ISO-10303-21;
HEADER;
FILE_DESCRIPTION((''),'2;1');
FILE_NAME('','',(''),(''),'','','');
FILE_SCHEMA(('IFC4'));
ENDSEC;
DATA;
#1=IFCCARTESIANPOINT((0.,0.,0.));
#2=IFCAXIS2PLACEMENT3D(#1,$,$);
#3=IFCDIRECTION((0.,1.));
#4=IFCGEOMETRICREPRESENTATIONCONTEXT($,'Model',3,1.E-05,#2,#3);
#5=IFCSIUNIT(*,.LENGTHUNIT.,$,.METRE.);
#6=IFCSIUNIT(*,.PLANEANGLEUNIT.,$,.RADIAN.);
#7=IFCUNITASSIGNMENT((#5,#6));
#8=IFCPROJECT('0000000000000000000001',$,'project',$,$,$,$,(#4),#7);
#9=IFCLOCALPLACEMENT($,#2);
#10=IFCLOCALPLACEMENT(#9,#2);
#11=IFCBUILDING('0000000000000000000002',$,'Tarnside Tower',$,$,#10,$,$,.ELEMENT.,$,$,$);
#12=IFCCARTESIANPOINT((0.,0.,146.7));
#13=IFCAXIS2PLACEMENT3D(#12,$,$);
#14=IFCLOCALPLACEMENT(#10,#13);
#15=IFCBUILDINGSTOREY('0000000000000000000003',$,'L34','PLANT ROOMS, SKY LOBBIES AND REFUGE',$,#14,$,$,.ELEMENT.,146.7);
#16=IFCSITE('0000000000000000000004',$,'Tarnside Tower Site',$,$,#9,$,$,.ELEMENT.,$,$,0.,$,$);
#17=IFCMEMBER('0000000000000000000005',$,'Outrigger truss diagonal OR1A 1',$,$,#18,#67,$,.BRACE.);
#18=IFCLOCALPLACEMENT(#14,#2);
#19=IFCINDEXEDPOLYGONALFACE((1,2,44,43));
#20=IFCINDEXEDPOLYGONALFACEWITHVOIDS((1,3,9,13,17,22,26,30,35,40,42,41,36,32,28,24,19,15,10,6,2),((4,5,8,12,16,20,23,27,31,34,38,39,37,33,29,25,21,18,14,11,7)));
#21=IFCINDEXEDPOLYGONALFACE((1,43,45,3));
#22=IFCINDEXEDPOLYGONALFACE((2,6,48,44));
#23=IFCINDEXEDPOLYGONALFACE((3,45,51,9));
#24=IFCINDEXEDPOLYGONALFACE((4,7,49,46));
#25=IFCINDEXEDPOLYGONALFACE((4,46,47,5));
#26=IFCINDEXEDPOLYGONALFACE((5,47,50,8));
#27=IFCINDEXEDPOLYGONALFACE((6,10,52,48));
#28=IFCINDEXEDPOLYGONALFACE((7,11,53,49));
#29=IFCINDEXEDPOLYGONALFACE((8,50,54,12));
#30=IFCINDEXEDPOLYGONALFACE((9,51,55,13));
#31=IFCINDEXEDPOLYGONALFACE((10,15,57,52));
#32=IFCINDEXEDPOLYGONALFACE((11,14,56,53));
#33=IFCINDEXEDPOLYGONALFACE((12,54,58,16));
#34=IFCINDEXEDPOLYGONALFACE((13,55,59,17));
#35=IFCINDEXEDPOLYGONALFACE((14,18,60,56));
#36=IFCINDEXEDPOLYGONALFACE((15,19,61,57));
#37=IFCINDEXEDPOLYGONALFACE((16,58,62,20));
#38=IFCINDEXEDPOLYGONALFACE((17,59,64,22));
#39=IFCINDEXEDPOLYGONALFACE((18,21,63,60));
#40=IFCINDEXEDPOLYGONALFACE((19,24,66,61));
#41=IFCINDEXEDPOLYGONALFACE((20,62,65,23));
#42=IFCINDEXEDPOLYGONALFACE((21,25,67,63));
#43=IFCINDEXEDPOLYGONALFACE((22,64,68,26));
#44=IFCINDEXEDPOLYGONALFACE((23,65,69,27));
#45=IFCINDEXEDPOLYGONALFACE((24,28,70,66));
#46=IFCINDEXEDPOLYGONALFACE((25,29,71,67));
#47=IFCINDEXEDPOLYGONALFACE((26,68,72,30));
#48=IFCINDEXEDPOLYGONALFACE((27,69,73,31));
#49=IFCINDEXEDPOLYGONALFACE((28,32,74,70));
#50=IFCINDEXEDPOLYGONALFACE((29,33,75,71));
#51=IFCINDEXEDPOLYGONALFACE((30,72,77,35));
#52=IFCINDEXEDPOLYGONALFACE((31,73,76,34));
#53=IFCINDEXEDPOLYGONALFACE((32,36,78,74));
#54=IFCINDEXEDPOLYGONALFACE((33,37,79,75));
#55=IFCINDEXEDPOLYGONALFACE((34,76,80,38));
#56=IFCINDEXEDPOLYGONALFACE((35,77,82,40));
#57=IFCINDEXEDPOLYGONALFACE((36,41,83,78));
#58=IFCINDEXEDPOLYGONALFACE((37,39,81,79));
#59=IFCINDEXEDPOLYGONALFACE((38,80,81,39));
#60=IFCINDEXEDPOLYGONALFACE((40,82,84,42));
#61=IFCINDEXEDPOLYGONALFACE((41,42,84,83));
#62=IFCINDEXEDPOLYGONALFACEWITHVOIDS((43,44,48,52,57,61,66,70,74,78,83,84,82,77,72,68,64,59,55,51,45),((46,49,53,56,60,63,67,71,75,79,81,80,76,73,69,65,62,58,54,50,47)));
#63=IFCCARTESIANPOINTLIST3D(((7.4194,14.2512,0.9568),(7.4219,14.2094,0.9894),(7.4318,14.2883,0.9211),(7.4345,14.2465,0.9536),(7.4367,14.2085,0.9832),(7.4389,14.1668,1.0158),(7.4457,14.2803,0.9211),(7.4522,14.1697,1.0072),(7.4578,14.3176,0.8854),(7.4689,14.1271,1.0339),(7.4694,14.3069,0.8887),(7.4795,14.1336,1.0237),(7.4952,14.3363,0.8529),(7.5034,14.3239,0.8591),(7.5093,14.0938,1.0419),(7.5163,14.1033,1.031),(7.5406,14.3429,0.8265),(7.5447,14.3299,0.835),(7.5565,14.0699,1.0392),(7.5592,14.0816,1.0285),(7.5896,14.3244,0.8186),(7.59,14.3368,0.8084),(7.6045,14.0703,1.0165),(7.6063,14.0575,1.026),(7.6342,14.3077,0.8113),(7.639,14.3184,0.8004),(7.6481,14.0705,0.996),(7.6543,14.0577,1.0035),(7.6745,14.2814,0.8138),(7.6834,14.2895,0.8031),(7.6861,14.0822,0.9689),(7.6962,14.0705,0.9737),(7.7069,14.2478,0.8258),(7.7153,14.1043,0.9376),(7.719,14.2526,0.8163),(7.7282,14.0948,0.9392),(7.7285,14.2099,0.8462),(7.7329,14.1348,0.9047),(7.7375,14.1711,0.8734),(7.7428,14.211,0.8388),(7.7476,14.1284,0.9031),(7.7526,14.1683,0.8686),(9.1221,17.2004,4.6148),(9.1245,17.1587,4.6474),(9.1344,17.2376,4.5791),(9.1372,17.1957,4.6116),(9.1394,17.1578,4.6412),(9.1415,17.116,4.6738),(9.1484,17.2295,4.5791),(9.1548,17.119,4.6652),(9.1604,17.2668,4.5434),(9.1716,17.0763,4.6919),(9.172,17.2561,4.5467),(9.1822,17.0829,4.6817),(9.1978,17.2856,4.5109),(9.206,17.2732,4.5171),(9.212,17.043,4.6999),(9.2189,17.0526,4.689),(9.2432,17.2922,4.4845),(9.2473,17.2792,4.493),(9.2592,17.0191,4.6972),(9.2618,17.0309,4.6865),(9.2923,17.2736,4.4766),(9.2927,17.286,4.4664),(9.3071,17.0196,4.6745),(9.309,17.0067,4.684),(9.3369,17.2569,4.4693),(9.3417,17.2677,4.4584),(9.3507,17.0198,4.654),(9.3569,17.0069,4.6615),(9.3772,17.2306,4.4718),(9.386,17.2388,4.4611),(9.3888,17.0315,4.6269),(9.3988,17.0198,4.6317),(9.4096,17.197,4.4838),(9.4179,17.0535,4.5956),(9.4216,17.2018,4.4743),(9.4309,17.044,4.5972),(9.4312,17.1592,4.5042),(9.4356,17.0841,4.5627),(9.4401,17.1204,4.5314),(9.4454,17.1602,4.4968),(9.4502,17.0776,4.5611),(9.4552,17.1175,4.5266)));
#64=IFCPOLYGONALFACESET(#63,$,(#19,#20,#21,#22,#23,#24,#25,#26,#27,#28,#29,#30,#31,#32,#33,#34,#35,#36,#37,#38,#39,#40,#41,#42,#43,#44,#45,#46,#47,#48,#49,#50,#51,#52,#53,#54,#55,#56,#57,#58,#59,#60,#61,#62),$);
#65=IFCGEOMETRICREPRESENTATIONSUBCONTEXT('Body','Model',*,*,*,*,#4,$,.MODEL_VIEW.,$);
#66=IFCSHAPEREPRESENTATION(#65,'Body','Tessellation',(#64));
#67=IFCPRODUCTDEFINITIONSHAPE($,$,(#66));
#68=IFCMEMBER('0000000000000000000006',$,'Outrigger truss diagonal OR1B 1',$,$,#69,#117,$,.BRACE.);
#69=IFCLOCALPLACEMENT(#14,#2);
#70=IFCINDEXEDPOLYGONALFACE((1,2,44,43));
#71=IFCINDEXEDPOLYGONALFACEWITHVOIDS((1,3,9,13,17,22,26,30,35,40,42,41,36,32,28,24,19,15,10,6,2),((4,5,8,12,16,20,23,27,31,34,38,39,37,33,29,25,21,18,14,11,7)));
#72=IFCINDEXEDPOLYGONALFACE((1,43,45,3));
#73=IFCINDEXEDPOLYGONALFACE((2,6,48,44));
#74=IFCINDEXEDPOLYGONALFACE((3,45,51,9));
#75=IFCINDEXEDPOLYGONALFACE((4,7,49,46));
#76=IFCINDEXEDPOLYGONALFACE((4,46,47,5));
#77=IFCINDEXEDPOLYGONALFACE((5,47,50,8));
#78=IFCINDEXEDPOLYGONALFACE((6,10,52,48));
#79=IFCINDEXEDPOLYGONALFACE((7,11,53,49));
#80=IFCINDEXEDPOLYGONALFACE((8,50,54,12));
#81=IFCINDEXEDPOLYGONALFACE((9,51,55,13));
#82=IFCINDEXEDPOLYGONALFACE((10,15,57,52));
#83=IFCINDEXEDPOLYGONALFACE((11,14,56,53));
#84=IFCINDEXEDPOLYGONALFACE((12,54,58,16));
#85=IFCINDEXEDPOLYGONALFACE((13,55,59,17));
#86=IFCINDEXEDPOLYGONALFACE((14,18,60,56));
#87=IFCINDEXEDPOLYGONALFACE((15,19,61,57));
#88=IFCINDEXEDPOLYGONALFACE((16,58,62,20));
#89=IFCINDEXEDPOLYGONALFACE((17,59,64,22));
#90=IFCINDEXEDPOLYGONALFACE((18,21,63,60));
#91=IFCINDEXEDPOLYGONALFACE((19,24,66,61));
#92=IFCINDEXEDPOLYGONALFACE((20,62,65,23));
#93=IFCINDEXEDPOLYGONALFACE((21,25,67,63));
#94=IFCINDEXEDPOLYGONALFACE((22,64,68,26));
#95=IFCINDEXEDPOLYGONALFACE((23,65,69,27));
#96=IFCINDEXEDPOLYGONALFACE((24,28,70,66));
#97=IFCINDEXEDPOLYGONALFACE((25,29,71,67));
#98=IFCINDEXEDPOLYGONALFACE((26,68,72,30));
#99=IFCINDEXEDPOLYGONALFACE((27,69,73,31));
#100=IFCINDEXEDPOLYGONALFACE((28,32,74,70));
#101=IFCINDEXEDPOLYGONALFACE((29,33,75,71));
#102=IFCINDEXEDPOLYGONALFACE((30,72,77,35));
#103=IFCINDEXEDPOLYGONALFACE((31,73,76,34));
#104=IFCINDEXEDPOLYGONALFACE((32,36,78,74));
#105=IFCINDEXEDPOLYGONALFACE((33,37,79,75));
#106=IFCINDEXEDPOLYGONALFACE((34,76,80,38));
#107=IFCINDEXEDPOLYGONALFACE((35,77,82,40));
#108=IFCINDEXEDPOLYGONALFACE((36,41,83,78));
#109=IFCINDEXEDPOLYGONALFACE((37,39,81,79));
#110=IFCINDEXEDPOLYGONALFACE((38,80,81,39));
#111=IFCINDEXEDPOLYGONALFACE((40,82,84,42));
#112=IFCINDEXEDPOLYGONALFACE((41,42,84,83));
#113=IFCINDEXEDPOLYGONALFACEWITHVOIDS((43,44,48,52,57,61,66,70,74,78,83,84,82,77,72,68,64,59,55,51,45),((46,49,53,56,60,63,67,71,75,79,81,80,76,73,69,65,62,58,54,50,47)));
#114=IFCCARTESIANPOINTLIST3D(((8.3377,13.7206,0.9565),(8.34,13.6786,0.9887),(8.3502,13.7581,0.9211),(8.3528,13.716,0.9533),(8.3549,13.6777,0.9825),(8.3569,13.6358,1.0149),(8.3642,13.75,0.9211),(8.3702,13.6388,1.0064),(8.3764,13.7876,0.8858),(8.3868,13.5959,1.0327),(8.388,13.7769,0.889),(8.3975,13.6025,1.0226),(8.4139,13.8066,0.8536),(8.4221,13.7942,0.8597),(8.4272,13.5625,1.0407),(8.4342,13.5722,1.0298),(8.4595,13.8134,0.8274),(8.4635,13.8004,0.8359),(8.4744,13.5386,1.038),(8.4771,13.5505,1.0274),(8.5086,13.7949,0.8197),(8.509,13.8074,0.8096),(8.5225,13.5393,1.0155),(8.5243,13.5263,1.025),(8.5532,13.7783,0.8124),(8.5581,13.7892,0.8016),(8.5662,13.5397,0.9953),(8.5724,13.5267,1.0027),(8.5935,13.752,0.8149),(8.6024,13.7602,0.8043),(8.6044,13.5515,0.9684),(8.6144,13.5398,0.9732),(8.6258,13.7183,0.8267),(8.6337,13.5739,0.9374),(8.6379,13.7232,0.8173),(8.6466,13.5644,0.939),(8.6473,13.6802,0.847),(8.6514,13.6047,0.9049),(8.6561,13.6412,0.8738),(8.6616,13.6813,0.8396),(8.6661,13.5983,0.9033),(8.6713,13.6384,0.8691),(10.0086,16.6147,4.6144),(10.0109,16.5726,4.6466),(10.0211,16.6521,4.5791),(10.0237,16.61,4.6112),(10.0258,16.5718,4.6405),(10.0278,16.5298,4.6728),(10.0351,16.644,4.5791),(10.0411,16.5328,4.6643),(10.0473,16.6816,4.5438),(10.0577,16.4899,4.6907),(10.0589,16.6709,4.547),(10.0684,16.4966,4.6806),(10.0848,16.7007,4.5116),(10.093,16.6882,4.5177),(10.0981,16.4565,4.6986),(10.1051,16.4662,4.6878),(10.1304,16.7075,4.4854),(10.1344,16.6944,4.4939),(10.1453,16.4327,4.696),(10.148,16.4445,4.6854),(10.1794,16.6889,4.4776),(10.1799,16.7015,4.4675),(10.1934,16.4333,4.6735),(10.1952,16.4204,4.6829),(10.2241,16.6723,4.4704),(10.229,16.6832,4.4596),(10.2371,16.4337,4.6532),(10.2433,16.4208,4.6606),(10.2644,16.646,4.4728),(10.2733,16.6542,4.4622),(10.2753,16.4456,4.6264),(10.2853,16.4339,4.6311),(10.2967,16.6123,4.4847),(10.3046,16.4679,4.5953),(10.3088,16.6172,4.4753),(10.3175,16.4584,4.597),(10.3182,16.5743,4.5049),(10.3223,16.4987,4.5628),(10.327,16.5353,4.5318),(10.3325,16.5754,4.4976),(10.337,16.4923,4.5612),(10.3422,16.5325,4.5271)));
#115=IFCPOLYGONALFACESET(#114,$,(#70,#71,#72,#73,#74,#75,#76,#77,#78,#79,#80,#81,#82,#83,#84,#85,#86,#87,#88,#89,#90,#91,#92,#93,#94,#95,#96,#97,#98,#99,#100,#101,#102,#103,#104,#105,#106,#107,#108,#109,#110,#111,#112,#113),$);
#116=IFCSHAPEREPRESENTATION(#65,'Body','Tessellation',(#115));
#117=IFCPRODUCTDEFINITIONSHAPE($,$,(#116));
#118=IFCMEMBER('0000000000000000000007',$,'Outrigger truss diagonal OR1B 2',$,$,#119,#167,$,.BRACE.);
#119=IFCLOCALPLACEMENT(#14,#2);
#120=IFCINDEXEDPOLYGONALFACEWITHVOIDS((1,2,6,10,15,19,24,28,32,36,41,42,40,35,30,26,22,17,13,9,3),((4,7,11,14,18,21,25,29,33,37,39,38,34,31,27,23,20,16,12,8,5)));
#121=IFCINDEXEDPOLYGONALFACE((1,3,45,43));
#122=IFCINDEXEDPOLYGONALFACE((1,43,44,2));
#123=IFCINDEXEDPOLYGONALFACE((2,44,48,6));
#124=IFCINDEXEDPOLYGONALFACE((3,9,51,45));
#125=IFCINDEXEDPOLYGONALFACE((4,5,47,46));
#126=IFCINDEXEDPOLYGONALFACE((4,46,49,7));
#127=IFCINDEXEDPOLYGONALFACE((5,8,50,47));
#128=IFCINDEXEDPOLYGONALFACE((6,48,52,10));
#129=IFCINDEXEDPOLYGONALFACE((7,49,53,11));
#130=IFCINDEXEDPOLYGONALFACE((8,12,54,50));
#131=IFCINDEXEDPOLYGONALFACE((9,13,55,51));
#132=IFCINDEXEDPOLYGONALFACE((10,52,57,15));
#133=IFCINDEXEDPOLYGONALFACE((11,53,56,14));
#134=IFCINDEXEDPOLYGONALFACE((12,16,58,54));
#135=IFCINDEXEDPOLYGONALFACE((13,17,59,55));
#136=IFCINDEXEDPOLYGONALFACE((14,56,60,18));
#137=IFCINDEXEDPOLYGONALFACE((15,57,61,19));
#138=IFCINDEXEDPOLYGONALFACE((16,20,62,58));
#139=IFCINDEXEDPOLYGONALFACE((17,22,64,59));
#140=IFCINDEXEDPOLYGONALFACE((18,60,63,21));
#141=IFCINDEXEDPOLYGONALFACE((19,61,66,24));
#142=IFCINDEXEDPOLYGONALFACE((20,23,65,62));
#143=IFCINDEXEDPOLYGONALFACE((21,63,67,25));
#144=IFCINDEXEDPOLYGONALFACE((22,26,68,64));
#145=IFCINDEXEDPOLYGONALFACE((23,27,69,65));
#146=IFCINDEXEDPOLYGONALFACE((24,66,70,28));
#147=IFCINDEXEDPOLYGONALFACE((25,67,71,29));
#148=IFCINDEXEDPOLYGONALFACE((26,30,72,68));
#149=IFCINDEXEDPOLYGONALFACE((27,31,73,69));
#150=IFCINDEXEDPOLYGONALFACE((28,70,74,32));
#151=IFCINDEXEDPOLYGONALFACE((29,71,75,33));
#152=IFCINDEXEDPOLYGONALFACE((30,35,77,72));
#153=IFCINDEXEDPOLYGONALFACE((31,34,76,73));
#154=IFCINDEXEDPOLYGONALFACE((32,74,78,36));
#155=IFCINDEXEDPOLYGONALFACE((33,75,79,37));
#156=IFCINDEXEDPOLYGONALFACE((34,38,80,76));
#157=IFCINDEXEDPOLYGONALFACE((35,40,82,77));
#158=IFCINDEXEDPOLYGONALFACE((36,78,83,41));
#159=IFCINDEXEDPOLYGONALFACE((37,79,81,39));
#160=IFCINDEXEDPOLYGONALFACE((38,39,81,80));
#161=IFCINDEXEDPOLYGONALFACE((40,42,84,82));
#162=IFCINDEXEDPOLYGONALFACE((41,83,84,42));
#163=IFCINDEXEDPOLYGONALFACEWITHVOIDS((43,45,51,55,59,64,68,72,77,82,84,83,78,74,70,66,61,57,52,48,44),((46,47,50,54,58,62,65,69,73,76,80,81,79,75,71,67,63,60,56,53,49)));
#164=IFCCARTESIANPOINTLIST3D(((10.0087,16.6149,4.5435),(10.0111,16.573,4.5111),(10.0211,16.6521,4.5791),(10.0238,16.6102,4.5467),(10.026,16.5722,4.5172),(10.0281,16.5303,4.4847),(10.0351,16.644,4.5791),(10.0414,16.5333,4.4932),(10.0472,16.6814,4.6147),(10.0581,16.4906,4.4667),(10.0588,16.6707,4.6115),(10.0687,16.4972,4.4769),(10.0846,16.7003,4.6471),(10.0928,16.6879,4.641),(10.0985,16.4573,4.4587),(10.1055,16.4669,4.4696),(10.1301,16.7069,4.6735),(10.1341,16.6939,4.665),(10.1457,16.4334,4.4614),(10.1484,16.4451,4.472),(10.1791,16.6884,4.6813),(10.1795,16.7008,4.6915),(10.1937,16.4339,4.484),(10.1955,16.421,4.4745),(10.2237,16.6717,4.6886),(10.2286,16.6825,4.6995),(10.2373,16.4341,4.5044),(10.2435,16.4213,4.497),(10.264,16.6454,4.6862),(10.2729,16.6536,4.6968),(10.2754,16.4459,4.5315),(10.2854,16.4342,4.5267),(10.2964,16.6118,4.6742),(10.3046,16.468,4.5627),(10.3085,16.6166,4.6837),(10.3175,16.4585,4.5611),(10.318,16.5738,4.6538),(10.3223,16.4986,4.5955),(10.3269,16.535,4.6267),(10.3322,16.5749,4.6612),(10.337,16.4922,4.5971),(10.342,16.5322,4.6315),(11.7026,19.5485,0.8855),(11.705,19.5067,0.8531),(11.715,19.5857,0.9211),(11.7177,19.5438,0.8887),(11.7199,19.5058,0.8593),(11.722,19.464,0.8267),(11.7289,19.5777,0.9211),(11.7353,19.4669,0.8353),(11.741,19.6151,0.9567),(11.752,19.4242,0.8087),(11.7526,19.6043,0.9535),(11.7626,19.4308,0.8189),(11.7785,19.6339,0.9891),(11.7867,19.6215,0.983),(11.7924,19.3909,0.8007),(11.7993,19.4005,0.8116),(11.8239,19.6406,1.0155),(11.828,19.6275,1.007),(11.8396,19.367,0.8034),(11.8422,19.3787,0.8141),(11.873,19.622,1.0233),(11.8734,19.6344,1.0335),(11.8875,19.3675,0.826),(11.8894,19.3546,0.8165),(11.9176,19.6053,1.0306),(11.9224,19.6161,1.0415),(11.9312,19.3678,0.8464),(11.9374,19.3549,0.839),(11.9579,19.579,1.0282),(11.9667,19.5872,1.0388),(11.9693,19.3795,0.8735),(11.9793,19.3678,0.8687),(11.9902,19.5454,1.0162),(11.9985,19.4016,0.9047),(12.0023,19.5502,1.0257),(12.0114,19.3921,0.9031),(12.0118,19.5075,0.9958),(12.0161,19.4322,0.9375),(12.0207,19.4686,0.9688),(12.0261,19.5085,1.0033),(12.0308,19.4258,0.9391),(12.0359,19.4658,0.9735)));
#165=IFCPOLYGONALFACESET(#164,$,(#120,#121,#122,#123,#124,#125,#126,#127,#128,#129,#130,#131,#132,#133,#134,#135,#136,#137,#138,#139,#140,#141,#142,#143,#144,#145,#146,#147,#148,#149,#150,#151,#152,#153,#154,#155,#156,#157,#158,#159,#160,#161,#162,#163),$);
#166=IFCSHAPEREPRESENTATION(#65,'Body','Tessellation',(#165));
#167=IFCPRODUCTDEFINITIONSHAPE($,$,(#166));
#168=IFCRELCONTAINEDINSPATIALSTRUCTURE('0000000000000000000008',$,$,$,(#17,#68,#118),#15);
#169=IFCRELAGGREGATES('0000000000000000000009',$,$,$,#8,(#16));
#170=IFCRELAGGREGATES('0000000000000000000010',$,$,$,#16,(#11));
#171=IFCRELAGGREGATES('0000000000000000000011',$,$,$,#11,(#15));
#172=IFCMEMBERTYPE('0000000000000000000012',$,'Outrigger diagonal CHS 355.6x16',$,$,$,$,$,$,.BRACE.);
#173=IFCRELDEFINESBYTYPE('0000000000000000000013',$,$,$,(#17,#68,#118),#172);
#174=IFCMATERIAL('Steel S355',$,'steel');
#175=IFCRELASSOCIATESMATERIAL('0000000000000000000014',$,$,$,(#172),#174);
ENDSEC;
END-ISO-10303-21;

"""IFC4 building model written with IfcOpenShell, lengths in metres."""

from ifc_helpers import new_model, si_unit, direction, frame, origin, origin_2d, place, context, subcontext, project, spatial, hollow_circle, extrude, material, material_profile, profile_set, type_object, element, save


model = new_model("IFC4")

# Units and contexts
model_context = context("Model", 3, precision=1e-05, world=origin(), true_north=direction((0.0, 1.0)))
body_context = subcontext(model_context, "Body", "Model", "MODEL_VIEW")
ifc_project = project(units=[si_unit("LENGTHUNIT", "METRE"), si_unit("PLANEANGLEUNIT", "RADIAN")], contexts=[model_context])

# Site, building, storey
site_placement = place(None, origin())
site = spatial("IfcSite", under=ifc_project, at=site_placement, Name="Tarnside Tower Site", CompositionType="ELEMENT", RefElevation=0.0)
building_placement = place(site_placement, origin())
building = spatial("IfcBuilding", under=site, at=building_placement, Name="Tarnside Tower", CompositionType="ELEMENT")
storey_placement = place(building_placement, frame((0.0, 0.0, 146.7)))
storey = spatial("IfcBuildingStorey", under=building, at=storey_placement, Name="L34", Description="PLANT ROOMS, SKY LOBBIES AND REFUGE", CompositionType="ELEMENT", Elevation=146.7)

# Members
ifc_material_1 = material(Name="Steel S355", Category="steel")
ifc_material_profile_1 = material_profile(ifc_material_1, hollow_circle(Radius=0.1777, WallThickness=0.0161, at=origin_2d()), Name="CHS 355.6x16")
ifc_profile_set_1 = profile_set([ifc_material_profile_1], Name="Steel S355")
member_type_1 = type_object("IfcMemberType", Name="Outrigger diagonal CHS 355.6x16", PredefinedType="BRACE", material=ifc_profile_set_1)
member_1_placement = place(storey_placement, frame((7.5857, 14.1995, 0.9211), z_axis=(0.340681, 0.590109, 0.731921), x_axis=(-0.866038, 0.499979, 0.0)))
element("IfcMember", 1, at=member_1_placement, inside=storey, type_object=member_type_1, Name="Outrigger truss diagonal OR1A 1", PredefinedType="BRACE", context=body_context, shape_type="SweptSolid", body=[
    extrude(hollow_circle(Radius=0.1777, WallThickness=0.0161, at=origin_2d()), origin(), (0.0, 0.0, 1.0), 4.9978),
])
member_2_placement = place(storey_placement, frame((8.5042, 13.6692, 0.9211), z_axis=(0.337242, 0.584112, 0.738296), x_axis=(-0.866023, 0.500005, 0.0)))
element("IfcMember", 2, at=member_2_placement, inside=storey, type_object=member_type_1, Name="Outrigger truss diagonal OR1B 1", PredefinedType="BRACE", context=body_context, shape_type="SweptSolid", body=[
    extrude(hollow_circle(Radius=0.1777, WallThickness=0.0161, at=origin_2d()), origin(), (0.0, 0.0, 1.0), 4.9546),
])
member_3_placement = place(storey_placement, frame((10.175, 16.5632, 4.5791), z_axis=(0.339751, 0.588419, -0.733712), x_axis=(-0.866008, 0.50003, 0.0)))
element("IfcMember", 3, at=member_3_placement, inside=storey, type_object=member_type_1, Name="Outrigger truss diagonal OR1B 2", PredefinedType="BRACE", context=body_context, shape_type="SweptSolid", body=[
    extrude(hollow_circle(Radius=0.1777, WallThickness=0.0161, at=origin_2d()), origin(), (0.0, 0.0, 1.0), 4.9856),
])

save(model, "model.ifc")
